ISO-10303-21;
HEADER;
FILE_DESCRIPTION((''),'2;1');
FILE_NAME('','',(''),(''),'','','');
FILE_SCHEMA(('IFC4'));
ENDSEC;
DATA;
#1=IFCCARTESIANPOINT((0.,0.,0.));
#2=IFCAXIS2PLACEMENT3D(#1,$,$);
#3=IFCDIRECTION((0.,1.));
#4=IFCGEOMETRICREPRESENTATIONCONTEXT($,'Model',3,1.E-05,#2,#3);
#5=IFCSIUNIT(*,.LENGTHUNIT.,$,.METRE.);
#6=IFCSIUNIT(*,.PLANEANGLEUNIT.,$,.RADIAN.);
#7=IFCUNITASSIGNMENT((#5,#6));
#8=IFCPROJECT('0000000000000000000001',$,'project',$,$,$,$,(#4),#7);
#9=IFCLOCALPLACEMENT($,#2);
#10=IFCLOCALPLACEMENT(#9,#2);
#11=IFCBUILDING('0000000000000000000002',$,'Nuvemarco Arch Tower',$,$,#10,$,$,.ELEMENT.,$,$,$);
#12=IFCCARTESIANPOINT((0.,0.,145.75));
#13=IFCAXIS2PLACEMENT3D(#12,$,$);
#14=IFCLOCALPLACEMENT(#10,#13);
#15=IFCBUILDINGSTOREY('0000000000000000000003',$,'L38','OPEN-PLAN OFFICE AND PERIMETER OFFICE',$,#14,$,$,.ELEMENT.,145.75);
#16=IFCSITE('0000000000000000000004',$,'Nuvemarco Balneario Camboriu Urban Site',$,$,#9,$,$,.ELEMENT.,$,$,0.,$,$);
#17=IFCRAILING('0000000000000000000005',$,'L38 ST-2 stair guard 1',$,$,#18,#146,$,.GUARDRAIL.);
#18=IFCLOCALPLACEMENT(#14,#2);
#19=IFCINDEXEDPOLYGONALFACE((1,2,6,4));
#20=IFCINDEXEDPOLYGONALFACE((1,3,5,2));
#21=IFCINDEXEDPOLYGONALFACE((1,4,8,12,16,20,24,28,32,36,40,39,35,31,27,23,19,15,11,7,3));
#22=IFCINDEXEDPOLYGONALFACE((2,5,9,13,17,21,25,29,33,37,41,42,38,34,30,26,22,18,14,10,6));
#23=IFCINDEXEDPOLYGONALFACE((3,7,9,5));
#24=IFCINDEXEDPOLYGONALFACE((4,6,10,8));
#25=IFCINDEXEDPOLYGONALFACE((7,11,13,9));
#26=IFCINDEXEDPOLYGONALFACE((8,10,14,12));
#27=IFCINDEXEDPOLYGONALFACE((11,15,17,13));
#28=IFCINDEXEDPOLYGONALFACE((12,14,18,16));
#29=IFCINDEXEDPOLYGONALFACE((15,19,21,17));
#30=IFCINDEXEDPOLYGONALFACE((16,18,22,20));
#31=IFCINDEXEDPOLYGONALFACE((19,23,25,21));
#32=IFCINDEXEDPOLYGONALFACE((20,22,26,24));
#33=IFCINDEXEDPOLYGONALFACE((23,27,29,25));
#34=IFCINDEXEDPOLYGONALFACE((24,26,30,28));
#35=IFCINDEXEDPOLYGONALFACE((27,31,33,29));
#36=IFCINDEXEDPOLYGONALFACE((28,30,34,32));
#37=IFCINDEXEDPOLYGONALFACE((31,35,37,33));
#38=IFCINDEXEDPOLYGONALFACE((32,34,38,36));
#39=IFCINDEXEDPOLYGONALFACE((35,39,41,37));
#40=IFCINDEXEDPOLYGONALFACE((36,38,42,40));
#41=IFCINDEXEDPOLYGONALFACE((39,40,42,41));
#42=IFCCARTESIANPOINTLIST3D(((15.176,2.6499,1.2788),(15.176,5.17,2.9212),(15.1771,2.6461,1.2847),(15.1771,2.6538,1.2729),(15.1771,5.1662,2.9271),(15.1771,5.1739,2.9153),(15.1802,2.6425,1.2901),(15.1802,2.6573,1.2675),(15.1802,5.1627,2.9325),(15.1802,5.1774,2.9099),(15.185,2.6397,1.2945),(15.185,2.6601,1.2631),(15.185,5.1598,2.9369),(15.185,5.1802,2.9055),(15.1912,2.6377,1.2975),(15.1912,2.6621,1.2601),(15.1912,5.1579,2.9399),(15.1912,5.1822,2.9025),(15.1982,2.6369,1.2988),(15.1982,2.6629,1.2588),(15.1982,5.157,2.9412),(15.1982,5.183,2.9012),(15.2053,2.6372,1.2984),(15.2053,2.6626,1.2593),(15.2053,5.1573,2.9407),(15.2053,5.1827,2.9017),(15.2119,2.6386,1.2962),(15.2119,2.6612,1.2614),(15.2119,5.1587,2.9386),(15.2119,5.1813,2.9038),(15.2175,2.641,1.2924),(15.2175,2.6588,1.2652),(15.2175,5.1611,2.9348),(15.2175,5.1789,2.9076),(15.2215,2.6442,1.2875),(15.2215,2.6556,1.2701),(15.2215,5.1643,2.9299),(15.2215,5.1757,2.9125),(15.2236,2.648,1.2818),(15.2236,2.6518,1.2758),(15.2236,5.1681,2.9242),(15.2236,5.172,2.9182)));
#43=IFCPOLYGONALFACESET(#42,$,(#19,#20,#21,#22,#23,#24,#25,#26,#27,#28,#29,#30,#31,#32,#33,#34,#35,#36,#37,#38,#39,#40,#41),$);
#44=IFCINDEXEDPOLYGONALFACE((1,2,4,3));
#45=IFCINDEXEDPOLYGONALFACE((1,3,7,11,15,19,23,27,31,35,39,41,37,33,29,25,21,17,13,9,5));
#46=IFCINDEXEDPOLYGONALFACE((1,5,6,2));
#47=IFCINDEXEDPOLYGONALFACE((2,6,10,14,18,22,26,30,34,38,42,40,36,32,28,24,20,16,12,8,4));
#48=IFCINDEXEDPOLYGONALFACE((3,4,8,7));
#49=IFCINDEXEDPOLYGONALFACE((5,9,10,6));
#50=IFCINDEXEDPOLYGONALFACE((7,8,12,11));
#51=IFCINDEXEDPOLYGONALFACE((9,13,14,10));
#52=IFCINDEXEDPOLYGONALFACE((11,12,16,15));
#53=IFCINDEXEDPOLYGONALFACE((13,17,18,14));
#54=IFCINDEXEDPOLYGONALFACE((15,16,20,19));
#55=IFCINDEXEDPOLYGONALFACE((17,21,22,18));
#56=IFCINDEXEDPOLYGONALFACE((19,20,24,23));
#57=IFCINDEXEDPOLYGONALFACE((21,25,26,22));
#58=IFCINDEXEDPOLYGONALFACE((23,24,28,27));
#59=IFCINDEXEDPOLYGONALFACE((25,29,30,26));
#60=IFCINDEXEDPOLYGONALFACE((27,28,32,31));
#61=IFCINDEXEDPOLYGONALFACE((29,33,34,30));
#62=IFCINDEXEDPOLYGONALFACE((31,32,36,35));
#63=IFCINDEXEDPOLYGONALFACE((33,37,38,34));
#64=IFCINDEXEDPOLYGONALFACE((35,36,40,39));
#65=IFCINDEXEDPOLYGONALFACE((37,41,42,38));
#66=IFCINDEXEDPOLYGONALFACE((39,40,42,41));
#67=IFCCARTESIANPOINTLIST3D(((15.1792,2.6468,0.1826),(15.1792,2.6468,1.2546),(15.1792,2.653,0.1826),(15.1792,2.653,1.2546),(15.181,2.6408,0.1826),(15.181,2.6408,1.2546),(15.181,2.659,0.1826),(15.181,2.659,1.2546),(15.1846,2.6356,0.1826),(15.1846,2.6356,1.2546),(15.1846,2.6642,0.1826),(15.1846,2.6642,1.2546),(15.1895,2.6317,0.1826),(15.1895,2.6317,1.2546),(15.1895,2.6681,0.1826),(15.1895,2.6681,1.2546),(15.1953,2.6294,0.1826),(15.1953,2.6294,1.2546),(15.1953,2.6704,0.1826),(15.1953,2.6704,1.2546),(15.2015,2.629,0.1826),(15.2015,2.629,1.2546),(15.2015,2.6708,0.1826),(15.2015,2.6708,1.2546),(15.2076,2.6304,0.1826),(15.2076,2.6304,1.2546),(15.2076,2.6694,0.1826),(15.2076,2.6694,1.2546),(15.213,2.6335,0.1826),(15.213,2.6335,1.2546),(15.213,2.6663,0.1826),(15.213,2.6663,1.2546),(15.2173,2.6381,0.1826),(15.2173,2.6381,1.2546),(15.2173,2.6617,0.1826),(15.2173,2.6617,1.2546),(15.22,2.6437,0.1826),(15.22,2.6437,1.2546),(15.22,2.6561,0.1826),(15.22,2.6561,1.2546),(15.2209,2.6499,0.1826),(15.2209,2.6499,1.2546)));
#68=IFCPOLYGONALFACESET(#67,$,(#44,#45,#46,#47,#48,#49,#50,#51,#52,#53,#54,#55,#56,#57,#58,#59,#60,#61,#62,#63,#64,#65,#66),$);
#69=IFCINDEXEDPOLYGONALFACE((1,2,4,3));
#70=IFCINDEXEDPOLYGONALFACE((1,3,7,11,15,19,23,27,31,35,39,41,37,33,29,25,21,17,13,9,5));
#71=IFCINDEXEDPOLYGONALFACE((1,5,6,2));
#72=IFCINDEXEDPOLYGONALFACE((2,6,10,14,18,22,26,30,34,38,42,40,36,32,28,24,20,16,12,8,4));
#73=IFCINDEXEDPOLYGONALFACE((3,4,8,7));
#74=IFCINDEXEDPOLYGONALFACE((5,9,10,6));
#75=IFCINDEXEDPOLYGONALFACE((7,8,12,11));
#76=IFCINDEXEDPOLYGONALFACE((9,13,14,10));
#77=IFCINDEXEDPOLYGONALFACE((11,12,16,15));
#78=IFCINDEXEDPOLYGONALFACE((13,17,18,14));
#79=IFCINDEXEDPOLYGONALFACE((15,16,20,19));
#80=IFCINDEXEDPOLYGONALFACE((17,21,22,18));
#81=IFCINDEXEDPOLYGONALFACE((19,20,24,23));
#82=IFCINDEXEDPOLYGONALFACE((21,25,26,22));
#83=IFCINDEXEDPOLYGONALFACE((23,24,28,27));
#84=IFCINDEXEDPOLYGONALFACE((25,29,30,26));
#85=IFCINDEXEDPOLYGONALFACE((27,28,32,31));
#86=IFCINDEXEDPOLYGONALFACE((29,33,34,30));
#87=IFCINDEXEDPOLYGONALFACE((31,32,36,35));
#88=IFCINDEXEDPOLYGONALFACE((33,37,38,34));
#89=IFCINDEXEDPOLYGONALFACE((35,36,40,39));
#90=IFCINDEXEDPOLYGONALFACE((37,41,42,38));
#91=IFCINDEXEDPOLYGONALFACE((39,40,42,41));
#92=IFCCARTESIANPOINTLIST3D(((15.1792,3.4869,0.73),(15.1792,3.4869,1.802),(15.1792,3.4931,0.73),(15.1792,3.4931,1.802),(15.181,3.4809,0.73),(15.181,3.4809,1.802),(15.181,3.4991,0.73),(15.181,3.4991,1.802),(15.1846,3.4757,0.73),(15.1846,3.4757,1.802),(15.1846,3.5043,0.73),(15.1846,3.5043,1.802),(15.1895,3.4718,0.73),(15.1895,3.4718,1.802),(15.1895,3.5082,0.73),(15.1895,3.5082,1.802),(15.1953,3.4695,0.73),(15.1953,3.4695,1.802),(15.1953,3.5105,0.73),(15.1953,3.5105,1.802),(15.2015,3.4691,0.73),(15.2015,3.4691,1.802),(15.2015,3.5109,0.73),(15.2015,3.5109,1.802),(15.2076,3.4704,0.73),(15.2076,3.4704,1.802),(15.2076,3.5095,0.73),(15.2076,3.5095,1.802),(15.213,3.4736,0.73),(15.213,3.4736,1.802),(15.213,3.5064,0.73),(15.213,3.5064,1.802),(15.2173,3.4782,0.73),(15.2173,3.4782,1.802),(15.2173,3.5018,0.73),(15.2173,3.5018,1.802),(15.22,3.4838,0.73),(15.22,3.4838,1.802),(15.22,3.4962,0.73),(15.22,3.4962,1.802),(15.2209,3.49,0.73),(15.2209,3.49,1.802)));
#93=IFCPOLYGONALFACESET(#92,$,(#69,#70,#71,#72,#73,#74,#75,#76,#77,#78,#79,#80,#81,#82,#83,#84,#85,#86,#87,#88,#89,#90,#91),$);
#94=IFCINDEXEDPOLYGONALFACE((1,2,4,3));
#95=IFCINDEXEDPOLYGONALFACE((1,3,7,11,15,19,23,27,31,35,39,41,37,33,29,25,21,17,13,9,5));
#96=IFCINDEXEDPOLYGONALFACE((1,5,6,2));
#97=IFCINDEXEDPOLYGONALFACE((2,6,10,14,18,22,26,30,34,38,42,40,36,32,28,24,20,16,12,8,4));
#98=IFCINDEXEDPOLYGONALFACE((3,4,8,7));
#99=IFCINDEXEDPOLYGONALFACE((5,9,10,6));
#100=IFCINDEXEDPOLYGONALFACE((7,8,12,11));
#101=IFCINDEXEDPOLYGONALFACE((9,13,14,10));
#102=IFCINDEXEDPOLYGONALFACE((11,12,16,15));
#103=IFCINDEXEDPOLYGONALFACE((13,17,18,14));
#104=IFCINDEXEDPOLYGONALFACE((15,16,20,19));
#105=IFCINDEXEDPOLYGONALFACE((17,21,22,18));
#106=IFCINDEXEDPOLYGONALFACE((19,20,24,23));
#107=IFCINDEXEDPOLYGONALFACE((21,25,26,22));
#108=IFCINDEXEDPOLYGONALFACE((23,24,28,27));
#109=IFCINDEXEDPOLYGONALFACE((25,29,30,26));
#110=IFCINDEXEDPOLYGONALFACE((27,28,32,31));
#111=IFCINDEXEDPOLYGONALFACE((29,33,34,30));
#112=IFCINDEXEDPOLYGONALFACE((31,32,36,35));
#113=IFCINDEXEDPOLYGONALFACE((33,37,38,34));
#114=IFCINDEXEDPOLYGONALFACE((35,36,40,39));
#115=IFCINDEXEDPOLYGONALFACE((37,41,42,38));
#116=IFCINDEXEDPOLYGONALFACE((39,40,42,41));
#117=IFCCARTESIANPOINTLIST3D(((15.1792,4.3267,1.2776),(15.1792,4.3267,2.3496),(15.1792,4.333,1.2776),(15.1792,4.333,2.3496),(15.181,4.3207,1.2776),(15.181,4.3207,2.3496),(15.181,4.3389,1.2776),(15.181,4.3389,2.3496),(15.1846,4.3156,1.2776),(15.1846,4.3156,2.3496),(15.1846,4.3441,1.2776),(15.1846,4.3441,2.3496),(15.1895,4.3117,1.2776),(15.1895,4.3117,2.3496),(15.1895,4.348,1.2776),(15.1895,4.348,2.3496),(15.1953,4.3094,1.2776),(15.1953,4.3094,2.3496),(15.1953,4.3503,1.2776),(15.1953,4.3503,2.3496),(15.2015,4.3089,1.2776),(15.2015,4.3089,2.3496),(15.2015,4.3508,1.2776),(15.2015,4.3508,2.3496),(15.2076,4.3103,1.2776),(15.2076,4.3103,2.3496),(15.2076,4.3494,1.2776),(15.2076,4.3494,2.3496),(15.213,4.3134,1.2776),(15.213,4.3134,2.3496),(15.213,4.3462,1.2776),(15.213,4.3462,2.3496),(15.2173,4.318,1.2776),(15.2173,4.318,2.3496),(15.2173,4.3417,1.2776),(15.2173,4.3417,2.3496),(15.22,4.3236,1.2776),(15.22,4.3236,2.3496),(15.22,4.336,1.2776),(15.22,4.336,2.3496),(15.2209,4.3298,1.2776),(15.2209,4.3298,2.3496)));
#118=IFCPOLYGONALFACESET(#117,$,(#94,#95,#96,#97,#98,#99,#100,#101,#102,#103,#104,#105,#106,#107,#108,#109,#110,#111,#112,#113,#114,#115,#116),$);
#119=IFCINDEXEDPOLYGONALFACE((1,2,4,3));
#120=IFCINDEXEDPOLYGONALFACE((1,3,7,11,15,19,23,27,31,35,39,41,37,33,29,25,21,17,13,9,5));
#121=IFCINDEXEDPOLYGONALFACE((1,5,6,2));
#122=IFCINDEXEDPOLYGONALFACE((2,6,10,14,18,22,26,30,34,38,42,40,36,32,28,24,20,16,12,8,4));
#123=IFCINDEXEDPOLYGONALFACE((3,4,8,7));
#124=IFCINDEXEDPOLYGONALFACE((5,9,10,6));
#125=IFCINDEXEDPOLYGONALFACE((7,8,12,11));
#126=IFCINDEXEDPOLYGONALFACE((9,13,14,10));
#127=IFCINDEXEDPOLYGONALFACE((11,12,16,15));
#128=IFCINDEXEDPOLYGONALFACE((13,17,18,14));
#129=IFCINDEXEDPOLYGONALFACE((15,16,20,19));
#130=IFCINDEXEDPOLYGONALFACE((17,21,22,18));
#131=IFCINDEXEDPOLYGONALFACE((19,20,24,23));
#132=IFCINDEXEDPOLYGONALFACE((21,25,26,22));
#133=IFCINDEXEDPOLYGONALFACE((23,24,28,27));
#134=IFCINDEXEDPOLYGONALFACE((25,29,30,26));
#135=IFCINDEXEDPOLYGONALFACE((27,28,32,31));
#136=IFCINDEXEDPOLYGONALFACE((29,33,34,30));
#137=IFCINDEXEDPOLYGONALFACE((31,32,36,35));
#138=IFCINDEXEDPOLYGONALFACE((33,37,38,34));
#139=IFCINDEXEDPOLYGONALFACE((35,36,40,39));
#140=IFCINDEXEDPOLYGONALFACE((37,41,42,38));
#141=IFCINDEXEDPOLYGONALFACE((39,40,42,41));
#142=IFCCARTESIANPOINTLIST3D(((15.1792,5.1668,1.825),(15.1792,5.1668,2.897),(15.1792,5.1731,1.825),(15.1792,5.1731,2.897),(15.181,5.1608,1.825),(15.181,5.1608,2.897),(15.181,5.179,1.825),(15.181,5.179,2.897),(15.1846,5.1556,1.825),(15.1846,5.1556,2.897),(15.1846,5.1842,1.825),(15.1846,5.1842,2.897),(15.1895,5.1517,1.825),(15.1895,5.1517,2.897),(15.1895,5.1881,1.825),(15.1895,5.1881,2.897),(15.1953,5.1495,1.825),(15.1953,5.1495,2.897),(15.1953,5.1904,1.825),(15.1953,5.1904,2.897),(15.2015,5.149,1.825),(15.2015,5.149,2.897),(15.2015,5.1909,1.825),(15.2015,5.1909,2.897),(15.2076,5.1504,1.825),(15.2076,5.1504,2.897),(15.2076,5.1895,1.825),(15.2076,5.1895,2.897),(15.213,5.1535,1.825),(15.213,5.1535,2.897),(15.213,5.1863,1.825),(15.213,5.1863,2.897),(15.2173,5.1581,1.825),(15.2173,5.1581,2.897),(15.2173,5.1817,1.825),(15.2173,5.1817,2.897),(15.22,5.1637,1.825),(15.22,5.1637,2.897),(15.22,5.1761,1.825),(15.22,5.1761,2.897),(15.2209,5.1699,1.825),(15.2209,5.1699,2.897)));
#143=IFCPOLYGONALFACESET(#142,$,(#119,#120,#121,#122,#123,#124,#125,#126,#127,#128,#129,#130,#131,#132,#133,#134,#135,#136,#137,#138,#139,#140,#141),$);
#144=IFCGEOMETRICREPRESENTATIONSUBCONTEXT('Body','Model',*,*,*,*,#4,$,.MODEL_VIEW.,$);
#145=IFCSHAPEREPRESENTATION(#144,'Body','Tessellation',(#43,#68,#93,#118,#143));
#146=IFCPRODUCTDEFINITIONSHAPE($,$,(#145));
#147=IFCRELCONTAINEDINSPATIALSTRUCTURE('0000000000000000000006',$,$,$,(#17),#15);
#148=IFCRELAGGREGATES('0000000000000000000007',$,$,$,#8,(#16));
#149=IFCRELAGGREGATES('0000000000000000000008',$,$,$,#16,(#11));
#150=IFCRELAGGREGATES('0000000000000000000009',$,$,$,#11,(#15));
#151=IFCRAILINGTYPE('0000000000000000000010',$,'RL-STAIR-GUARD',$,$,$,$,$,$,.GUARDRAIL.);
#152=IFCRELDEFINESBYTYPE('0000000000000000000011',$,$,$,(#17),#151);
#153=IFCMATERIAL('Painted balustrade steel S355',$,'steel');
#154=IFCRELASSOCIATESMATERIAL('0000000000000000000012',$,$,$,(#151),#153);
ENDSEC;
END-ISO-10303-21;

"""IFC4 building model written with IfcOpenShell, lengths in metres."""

from ifc_helpers import new_model, si_unit, direction, frame, origin, origin_2d, place, context, subcontext, project, spatial, circle, extrude, material, type_object, element, save


model = new_model("IFC4")

# Units and contexts
model_context = context("Model", 3, precision=1e-05, world=origin(), true_north=direction((0.0, 1.0)))
body_context = subcontext(model_context, "Body", "Model", "MODEL_VIEW")
ifc_project = project(units=[si_unit("LENGTHUNIT", "METRE"), si_unit("PLANEANGLEUNIT", "RADIAN")], contexts=[model_context])

# Site, building, storey
site_placement = place(None, origin())
site = spatial("IfcSite", under=ifc_project, at=site_placement, Name="Nuvemarco Balneario Camboriu Urban Site", CompositionType="ELEMENT", RefElevation=0.0)
building_placement = place(site_placement, origin())
building = spatial("IfcBuilding", under=site, at=building_placement, Name="Nuvemarco Arch Tower", CompositionType="ELEMENT")
storey_placement = place(building_placement, frame((0.0, 0.0, 145.75)))
storey = spatial("IfcBuildingStorey", under=building, at=storey_placement, Name="L38", Description="OPEN-PLAN OFFICE AND PERIMETER OFFICE", CompositionType="ELEMENT", Elevation=145.75)

# Railing
ifc_material_1 = material(Name="Painted balustrade steel S355", Category="steel")
railing_type_1 = type_object("IfcRailingType", Name="RL-STAIR-GUARD", PredefinedType="GUARDRAIL", material=ifc_material_1)
railing_1_placement = place(storey_placement, frame((15.2, 2.6499, 0.1826)))
element("IfcRailing", 1, at=railing_1_placement, inside=storey, type_object=railing_type_1, Name="L38 ST-2 stair guard 1", PredefinedType="GUARDRAIL", context=body_context, shape_type="SweptSolid", body=[
    extrude(circle(Radius=0.0239, at=origin_2d()), frame((0.0, 0.0, 1.0962), z_axis=(0.0, 0.837787, 0.545998), x_axis=(-1.0, 0.0, 0.0)), (0.0, 0.0, 1.0), 3.0081),
    extrude(circle(Radius=0.021, at=origin_2d()), origin(), (0.0, 0.0, 1.0), 1.072),
    extrude(circle(Radius=0.021, at=origin_2d()), frame((0.0, 0.8401, 0.5474)), (0.0, 0.0, 1.0), 1.072),
    extrude(circle(Radius=0.021, at=origin_2d()), frame((0.0, 1.6799, 1.095)), (0.0, 0.0, 1.0), 1.072),
    extrude(circle(Radius=0.021, at=origin_2d()), frame((0.0, 2.52, 1.6423)), (0.0, 0.0, 1.0), 1.072),
])

save(model, "model.ifc")
